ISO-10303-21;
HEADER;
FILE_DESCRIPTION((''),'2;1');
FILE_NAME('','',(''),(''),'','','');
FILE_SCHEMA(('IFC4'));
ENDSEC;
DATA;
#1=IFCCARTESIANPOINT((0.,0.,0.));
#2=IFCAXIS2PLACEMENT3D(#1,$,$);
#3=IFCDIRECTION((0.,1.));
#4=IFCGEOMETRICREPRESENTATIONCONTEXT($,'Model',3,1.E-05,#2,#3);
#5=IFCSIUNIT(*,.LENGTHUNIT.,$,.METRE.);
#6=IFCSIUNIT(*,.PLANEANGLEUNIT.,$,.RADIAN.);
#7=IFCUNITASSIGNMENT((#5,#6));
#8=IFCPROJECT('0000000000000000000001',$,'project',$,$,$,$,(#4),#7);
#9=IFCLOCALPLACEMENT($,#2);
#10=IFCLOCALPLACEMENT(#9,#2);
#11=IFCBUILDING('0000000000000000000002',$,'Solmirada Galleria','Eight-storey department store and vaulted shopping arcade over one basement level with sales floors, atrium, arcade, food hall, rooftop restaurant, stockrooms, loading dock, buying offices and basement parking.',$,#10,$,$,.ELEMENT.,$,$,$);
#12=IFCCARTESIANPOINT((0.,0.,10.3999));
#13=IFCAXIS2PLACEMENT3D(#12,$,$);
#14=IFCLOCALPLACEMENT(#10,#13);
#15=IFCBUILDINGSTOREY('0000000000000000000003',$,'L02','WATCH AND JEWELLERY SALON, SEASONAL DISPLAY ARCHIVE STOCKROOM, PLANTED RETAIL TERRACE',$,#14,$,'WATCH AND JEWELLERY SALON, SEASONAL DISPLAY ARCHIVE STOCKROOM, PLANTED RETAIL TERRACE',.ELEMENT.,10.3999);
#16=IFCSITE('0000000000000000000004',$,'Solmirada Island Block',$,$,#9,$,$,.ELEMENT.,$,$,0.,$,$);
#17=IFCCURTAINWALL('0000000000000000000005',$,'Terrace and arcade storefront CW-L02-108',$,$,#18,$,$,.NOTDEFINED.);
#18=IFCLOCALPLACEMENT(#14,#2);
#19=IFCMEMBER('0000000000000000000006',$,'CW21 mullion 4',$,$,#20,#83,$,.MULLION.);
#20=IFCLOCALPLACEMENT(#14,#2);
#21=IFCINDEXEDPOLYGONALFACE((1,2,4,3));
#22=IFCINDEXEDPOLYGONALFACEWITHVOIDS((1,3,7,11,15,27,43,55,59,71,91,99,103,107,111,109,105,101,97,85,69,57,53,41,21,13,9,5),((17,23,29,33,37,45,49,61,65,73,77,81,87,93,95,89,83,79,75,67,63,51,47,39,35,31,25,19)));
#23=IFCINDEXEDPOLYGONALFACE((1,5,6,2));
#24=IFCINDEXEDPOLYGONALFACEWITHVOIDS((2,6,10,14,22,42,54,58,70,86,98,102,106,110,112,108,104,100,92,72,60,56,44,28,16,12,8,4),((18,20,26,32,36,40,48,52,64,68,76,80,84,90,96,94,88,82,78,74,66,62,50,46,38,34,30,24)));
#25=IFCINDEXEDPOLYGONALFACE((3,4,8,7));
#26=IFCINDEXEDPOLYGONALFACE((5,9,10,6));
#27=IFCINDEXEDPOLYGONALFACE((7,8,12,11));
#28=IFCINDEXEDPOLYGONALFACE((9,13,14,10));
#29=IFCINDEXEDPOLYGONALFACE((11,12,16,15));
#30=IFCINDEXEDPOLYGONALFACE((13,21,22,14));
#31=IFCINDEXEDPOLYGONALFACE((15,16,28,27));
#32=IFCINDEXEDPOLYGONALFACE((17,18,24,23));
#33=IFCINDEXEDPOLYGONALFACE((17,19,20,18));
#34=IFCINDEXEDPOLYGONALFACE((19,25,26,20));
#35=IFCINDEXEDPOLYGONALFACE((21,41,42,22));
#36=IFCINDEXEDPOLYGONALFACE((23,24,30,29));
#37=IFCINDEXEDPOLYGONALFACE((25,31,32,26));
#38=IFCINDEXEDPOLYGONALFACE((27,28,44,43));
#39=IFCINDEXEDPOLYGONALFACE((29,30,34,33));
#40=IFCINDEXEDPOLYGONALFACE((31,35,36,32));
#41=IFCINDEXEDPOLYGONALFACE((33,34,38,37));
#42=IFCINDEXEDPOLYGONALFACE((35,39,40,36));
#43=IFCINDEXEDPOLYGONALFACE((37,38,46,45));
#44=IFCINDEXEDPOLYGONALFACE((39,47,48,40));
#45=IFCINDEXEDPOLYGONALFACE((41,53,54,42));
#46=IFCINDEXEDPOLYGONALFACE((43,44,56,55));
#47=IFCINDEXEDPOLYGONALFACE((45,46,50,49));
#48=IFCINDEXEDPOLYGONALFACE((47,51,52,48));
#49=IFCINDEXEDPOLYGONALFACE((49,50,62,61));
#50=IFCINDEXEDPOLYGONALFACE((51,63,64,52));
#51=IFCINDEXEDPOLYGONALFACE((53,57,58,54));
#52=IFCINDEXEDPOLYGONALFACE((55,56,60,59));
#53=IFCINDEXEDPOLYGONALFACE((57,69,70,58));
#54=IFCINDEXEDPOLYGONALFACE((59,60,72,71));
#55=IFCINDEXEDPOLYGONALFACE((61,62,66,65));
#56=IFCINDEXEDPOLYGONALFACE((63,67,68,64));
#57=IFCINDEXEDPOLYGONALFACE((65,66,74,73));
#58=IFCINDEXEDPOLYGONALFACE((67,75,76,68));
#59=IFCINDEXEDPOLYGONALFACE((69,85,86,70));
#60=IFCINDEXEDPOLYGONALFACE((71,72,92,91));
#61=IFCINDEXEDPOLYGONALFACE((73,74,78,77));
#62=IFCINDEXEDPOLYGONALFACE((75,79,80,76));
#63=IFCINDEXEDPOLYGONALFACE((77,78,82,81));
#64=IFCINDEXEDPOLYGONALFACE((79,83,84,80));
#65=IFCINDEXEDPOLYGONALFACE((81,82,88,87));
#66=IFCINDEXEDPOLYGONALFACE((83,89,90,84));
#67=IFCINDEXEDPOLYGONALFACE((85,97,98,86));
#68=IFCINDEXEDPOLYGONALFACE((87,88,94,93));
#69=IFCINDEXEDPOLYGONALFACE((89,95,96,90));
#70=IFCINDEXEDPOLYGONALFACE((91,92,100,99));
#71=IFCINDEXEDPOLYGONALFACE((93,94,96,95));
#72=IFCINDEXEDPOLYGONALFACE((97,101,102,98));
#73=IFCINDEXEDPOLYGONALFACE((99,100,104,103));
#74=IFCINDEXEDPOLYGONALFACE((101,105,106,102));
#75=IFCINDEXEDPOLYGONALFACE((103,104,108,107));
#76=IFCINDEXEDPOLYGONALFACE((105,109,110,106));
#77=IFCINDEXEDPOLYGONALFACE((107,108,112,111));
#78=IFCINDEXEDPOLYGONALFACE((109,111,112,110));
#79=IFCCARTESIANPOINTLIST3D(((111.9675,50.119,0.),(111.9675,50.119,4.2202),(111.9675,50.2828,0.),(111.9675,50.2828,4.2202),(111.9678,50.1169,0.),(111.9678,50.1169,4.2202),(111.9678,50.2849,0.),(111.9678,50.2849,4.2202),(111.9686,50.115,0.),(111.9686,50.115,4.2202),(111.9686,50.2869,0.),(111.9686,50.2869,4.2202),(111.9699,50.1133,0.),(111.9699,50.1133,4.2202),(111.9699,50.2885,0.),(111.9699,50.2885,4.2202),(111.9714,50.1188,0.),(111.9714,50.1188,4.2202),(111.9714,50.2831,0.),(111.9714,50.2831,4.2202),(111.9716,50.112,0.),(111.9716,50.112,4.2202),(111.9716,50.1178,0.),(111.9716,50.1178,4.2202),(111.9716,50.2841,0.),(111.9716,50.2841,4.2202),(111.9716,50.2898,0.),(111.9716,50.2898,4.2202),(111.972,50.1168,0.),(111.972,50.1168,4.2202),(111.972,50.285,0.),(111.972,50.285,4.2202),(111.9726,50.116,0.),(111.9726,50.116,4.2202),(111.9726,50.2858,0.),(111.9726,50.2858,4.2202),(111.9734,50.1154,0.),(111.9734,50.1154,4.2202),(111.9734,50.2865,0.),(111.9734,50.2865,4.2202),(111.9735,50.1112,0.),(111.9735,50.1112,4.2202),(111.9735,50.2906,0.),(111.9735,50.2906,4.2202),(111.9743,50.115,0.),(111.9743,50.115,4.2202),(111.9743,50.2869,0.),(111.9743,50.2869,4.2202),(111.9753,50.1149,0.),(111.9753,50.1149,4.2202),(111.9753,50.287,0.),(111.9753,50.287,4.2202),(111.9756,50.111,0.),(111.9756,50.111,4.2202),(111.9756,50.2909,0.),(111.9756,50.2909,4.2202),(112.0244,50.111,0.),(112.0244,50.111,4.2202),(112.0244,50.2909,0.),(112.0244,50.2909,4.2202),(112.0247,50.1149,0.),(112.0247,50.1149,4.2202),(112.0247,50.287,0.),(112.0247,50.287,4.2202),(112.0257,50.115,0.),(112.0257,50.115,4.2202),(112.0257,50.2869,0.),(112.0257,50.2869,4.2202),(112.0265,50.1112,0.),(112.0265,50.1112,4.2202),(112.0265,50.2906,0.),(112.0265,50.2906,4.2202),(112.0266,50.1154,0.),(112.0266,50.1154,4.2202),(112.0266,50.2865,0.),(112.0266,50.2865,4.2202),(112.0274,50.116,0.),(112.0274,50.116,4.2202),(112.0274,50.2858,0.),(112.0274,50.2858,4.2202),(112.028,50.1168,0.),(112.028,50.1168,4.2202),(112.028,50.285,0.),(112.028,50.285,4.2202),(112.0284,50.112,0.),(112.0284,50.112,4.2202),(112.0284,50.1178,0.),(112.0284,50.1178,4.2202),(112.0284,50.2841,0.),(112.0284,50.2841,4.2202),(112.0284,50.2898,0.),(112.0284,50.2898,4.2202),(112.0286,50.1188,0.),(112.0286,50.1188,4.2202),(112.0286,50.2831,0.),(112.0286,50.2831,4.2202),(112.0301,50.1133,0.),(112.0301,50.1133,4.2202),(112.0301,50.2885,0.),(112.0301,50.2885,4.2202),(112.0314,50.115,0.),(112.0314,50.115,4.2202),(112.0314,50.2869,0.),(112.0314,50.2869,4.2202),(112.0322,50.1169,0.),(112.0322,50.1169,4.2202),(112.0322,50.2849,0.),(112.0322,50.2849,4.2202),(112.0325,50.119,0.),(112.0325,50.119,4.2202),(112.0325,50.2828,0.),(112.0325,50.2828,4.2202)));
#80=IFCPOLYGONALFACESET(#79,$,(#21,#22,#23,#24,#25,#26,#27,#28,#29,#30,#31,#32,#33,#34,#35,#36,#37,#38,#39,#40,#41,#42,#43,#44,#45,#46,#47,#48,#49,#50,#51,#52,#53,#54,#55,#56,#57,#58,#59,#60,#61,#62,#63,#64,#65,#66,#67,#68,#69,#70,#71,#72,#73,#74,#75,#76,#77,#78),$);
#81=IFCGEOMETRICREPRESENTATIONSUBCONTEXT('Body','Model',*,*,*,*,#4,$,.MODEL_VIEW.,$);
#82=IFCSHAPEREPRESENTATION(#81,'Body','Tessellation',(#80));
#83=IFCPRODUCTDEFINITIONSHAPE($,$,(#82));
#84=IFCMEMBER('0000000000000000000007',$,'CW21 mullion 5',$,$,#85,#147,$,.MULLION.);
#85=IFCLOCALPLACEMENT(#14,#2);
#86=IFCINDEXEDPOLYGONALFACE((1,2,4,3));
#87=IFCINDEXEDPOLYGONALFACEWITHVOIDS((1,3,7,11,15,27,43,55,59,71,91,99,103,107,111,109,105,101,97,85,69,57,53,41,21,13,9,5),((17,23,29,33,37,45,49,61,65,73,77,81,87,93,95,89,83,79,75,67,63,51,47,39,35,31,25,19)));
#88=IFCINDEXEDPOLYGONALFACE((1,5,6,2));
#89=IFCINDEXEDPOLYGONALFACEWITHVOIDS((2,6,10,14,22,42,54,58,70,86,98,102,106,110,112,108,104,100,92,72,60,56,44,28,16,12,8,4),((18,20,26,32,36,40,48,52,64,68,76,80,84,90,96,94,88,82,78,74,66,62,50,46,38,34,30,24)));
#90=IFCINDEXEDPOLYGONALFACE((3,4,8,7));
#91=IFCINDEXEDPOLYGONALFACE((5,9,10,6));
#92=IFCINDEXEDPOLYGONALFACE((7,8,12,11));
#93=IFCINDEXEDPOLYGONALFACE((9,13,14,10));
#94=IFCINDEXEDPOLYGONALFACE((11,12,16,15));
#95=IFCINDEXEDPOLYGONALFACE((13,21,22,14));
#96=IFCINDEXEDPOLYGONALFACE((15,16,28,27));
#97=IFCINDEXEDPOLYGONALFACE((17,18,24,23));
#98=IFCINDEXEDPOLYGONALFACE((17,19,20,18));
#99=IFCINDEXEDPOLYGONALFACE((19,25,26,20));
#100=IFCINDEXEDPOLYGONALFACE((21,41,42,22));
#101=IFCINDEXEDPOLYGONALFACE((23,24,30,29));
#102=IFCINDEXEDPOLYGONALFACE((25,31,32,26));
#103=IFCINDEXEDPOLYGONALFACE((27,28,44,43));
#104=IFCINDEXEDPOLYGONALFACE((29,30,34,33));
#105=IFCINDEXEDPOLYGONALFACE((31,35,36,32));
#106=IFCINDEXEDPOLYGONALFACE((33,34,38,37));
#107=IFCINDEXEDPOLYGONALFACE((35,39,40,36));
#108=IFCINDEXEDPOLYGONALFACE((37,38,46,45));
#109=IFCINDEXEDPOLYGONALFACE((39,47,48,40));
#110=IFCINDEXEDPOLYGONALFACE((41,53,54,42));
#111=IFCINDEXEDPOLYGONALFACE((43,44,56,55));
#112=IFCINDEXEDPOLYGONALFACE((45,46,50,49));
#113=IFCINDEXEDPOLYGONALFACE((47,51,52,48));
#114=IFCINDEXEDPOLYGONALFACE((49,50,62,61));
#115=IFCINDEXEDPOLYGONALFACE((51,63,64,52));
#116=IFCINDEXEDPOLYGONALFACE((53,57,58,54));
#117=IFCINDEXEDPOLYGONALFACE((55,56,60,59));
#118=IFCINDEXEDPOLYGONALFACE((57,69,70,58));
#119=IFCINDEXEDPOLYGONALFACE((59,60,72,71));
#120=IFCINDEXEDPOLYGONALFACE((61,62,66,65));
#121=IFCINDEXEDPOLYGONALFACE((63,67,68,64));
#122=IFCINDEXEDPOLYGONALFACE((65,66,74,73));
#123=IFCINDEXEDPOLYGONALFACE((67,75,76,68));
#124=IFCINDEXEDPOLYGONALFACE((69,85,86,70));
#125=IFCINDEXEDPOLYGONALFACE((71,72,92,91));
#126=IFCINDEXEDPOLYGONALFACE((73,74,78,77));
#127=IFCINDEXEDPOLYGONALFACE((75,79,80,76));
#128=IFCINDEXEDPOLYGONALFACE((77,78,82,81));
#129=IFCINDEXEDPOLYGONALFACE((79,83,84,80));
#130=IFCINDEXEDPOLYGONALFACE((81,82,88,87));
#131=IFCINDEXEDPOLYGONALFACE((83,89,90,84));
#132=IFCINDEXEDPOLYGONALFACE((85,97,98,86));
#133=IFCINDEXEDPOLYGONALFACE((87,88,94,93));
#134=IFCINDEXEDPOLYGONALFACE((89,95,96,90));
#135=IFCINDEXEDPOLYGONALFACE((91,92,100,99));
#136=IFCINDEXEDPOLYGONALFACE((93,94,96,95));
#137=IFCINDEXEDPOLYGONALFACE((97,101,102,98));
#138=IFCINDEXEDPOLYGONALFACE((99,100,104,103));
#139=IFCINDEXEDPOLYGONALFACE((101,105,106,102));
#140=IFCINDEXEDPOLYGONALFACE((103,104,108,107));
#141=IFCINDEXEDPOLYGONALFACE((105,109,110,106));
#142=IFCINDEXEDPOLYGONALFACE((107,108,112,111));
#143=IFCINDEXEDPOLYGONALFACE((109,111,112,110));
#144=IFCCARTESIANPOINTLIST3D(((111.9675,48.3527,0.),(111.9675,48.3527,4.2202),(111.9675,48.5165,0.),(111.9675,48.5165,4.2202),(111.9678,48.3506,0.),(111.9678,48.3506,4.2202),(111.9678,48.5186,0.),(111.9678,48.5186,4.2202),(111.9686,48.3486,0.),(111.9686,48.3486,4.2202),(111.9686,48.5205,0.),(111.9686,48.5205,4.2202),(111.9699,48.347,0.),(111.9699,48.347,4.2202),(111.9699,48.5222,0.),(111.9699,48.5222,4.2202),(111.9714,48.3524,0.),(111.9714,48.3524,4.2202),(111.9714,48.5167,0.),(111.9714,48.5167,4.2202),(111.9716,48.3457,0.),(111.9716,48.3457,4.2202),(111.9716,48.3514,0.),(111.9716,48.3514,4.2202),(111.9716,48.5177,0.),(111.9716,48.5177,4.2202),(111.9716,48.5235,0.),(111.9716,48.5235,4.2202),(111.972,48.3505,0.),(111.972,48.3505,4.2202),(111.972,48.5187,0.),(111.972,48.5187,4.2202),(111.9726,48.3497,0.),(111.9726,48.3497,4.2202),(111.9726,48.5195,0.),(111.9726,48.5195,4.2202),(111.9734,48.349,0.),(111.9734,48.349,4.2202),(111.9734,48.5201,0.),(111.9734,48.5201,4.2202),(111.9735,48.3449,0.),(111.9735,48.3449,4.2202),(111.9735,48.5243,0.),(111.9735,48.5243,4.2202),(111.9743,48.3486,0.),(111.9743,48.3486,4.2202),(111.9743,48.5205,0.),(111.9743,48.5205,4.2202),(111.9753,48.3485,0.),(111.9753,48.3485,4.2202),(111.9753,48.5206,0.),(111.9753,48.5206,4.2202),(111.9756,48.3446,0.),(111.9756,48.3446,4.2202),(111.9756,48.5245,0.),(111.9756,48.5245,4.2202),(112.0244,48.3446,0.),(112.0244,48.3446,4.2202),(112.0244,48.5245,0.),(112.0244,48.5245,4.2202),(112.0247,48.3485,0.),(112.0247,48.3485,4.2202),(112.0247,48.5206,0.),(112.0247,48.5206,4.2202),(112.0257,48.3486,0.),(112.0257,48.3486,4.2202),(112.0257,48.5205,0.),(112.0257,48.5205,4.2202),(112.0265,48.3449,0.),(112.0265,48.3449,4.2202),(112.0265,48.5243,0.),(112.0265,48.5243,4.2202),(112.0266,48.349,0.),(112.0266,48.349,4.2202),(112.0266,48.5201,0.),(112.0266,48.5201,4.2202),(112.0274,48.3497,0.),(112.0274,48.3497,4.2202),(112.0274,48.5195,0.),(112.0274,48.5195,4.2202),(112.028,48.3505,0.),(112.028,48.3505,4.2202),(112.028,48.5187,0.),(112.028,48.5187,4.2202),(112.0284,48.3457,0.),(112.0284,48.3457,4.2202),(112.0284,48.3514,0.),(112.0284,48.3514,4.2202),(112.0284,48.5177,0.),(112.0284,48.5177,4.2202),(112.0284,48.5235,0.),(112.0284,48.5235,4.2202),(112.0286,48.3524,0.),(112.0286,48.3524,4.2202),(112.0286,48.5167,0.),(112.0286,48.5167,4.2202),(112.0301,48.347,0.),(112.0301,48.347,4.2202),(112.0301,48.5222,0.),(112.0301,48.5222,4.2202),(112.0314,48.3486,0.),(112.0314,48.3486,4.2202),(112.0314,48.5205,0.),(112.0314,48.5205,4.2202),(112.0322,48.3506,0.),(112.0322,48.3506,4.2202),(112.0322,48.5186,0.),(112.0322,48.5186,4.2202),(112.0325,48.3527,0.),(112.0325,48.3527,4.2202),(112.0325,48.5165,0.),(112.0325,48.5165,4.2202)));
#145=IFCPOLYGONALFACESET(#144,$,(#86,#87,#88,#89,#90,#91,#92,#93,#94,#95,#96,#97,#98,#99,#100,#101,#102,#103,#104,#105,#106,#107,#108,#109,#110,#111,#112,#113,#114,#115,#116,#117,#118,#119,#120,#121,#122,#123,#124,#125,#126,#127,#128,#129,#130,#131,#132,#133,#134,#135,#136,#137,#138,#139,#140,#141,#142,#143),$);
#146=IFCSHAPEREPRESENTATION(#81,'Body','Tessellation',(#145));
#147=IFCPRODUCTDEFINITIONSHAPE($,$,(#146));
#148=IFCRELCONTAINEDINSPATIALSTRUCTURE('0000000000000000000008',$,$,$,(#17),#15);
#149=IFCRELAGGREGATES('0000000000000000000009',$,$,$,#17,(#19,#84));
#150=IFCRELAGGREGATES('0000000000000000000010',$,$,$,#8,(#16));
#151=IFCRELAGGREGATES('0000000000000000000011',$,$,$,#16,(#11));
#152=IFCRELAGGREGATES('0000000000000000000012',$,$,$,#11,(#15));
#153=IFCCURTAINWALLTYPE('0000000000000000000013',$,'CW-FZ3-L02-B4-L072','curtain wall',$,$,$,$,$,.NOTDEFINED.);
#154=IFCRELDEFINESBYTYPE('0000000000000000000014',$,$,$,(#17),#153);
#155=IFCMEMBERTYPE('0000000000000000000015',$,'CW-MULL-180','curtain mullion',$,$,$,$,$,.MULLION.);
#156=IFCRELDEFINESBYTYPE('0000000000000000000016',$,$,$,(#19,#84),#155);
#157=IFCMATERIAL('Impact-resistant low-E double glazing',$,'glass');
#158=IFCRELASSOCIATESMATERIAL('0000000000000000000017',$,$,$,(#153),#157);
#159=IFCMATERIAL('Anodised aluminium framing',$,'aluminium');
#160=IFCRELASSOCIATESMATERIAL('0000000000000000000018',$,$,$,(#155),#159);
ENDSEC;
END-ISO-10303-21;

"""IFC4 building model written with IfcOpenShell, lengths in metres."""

from ifc_helpers import new_model, si_unit, direction, frame, origin, origin_2d, place, context, subcontext, project, spatial, hollow_rectangle, extrude, material, material_profile, profile_set, type_object, element, aggregate, save


model = new_model("IFC4")

# Units and contexts
model_context = context("Model", 3, precision=1e-05, world=origin(), true_north=direction((0.0, 1.0)))
body_context = subcontext(model_context, "Body", "Model", "MODEL_VIEW")
ifc_project = project(units=[si_unit("LENGTHUNIT", "METRE"), si_unit("PLANEANGLEUNIT", "RADIAN")], contexts=[model_context])

# Site, building, storey
site_placement = place(None, origin())
site = spatial("IfcSite", under=ifc_project, at=site_placement, Name="Solmirada Island Block", CompositionType="ELEMENT", RefElevation=0.0)
building_placement = place(site_placement, origin())
building = spatial("IfcBuilding", under=site, at=building_placement, Name="Solmirada Galleria", Description="Eight-storey department store and vaulted shopping arcade over one basement level with sales floors, atrium, arcade, food hall, rooftop restaurant, stockrooms, loading dock, buying offices and basement parking.", CompositionType="ELEMENT")
storey_placement = place(building_placement, frame((0.0, 0.0, 10.3999)))
storey = spatial("IfcBuildingStorey", under=building, at=storey_placement, Name="L02", Description="WATCH AND JEWELLERY SALON, SEASONAL DISPLAY ARCHIVE STOCKROOM, PLANTED RETAIL TERRACE", LongName="WATCH AND JEWELLERY SALON, SEASONAL DISPLAY ARCHIVE STOCKROOM, PLANTED RETAIL TERRACE", CompositionType="ELEMENT", Elevation=10.3999)

# Curtain wall, members
ifc_material_1 = material(Name="Impact-resistant low-E double glazing", Category="glass")
curtain_wall_type = type_object("IfcCurtainWallType", Name="CW-FZ3-L02-B4-L072", Description="curtain wall", PredefinedType="NOTDEFINED", material=ifc_material_1)
curtain_wall_1_placement = place(storey_placement, origin())
curtain_wall_1 = element("IfcCurtainWall", 1, at=curtain_wall_1_placement, inside=storey, type_object=curtain_wall_type, Name="Terrace and arcade storefront CW-L02-108", PredefinedType="NOTDEFINED")
ifc_material_2 = material(Name="Anodised aluminium framing", Category="aluminium")
ifc_material_profile_1 = material_profile(ifc_material_2, hollow_rectangle(XDim=0.0649, YDim=0.1799, WallThickness=0.0039, InnerFilletRadius=0.0039, OuterFilletRadius=0.0081, at=origin_2d()), Name="ALU-MULL-180X65")
ifc_profile_set_1 = profile_set([ifc_material_profile_1], Name="Anodised aluminium framing")
member_type_1 = type_object("IfcMemberType", Name="CW-MULL-180", Description="curtain mullion", PredefinedType="MULLION", material=ifc_profile_set_1)
member_1_placement = place(storey_placement, frame((112.0, 50.2009, 0.0), z_axis=(0.0, 0.0, 1.0), x_axis=(1.0, 0.0, 0.0)))
member_1 = element("IfcMember", 2, at=member_1_placement, type_object=member_type_1, Name="CW21 mullion 4", PredefinedType="MULLION", context=body_context, shape_type="SweptSolid", body=[
    extrude(hollow_rectangle(XDim=0.0649, YDim=0.1799, WallThickness=0.0039, InnerFilletRadius=0.0039, OuterFilletRadius=0.0081, at=origin_2d()), origin(), (0.0, 0.0, 1.0), 4.2202),
])
member_2_placement = place(storey_placement, frame((112.0, 48.4346, 0.0), z_axis=(0.0, 0.0, 1.0), x_axis=(1.0, 0.0, 0.0)))
member_2 = element("IfcMember", 3, at=member_2_placement, type_object=member_type_1, Name="CW21 mullion 5", PredefinedType="MULLION", context=body_context, shape_type="SweptSolid", body=[
    extrude(hollow_rectangle(XDim=0.0649, YDim=0.1799, WallThickness=0.0039, InnerFilletRadius=0.0039, OuterFilletRadius=0.0081, at=origin_2d()), origin(), (0.0, 0.0, 1.0), 4.2202),
])

aggregate(curtain_wall_1, [member_1, member_2])

save(model, "model.ifc")
